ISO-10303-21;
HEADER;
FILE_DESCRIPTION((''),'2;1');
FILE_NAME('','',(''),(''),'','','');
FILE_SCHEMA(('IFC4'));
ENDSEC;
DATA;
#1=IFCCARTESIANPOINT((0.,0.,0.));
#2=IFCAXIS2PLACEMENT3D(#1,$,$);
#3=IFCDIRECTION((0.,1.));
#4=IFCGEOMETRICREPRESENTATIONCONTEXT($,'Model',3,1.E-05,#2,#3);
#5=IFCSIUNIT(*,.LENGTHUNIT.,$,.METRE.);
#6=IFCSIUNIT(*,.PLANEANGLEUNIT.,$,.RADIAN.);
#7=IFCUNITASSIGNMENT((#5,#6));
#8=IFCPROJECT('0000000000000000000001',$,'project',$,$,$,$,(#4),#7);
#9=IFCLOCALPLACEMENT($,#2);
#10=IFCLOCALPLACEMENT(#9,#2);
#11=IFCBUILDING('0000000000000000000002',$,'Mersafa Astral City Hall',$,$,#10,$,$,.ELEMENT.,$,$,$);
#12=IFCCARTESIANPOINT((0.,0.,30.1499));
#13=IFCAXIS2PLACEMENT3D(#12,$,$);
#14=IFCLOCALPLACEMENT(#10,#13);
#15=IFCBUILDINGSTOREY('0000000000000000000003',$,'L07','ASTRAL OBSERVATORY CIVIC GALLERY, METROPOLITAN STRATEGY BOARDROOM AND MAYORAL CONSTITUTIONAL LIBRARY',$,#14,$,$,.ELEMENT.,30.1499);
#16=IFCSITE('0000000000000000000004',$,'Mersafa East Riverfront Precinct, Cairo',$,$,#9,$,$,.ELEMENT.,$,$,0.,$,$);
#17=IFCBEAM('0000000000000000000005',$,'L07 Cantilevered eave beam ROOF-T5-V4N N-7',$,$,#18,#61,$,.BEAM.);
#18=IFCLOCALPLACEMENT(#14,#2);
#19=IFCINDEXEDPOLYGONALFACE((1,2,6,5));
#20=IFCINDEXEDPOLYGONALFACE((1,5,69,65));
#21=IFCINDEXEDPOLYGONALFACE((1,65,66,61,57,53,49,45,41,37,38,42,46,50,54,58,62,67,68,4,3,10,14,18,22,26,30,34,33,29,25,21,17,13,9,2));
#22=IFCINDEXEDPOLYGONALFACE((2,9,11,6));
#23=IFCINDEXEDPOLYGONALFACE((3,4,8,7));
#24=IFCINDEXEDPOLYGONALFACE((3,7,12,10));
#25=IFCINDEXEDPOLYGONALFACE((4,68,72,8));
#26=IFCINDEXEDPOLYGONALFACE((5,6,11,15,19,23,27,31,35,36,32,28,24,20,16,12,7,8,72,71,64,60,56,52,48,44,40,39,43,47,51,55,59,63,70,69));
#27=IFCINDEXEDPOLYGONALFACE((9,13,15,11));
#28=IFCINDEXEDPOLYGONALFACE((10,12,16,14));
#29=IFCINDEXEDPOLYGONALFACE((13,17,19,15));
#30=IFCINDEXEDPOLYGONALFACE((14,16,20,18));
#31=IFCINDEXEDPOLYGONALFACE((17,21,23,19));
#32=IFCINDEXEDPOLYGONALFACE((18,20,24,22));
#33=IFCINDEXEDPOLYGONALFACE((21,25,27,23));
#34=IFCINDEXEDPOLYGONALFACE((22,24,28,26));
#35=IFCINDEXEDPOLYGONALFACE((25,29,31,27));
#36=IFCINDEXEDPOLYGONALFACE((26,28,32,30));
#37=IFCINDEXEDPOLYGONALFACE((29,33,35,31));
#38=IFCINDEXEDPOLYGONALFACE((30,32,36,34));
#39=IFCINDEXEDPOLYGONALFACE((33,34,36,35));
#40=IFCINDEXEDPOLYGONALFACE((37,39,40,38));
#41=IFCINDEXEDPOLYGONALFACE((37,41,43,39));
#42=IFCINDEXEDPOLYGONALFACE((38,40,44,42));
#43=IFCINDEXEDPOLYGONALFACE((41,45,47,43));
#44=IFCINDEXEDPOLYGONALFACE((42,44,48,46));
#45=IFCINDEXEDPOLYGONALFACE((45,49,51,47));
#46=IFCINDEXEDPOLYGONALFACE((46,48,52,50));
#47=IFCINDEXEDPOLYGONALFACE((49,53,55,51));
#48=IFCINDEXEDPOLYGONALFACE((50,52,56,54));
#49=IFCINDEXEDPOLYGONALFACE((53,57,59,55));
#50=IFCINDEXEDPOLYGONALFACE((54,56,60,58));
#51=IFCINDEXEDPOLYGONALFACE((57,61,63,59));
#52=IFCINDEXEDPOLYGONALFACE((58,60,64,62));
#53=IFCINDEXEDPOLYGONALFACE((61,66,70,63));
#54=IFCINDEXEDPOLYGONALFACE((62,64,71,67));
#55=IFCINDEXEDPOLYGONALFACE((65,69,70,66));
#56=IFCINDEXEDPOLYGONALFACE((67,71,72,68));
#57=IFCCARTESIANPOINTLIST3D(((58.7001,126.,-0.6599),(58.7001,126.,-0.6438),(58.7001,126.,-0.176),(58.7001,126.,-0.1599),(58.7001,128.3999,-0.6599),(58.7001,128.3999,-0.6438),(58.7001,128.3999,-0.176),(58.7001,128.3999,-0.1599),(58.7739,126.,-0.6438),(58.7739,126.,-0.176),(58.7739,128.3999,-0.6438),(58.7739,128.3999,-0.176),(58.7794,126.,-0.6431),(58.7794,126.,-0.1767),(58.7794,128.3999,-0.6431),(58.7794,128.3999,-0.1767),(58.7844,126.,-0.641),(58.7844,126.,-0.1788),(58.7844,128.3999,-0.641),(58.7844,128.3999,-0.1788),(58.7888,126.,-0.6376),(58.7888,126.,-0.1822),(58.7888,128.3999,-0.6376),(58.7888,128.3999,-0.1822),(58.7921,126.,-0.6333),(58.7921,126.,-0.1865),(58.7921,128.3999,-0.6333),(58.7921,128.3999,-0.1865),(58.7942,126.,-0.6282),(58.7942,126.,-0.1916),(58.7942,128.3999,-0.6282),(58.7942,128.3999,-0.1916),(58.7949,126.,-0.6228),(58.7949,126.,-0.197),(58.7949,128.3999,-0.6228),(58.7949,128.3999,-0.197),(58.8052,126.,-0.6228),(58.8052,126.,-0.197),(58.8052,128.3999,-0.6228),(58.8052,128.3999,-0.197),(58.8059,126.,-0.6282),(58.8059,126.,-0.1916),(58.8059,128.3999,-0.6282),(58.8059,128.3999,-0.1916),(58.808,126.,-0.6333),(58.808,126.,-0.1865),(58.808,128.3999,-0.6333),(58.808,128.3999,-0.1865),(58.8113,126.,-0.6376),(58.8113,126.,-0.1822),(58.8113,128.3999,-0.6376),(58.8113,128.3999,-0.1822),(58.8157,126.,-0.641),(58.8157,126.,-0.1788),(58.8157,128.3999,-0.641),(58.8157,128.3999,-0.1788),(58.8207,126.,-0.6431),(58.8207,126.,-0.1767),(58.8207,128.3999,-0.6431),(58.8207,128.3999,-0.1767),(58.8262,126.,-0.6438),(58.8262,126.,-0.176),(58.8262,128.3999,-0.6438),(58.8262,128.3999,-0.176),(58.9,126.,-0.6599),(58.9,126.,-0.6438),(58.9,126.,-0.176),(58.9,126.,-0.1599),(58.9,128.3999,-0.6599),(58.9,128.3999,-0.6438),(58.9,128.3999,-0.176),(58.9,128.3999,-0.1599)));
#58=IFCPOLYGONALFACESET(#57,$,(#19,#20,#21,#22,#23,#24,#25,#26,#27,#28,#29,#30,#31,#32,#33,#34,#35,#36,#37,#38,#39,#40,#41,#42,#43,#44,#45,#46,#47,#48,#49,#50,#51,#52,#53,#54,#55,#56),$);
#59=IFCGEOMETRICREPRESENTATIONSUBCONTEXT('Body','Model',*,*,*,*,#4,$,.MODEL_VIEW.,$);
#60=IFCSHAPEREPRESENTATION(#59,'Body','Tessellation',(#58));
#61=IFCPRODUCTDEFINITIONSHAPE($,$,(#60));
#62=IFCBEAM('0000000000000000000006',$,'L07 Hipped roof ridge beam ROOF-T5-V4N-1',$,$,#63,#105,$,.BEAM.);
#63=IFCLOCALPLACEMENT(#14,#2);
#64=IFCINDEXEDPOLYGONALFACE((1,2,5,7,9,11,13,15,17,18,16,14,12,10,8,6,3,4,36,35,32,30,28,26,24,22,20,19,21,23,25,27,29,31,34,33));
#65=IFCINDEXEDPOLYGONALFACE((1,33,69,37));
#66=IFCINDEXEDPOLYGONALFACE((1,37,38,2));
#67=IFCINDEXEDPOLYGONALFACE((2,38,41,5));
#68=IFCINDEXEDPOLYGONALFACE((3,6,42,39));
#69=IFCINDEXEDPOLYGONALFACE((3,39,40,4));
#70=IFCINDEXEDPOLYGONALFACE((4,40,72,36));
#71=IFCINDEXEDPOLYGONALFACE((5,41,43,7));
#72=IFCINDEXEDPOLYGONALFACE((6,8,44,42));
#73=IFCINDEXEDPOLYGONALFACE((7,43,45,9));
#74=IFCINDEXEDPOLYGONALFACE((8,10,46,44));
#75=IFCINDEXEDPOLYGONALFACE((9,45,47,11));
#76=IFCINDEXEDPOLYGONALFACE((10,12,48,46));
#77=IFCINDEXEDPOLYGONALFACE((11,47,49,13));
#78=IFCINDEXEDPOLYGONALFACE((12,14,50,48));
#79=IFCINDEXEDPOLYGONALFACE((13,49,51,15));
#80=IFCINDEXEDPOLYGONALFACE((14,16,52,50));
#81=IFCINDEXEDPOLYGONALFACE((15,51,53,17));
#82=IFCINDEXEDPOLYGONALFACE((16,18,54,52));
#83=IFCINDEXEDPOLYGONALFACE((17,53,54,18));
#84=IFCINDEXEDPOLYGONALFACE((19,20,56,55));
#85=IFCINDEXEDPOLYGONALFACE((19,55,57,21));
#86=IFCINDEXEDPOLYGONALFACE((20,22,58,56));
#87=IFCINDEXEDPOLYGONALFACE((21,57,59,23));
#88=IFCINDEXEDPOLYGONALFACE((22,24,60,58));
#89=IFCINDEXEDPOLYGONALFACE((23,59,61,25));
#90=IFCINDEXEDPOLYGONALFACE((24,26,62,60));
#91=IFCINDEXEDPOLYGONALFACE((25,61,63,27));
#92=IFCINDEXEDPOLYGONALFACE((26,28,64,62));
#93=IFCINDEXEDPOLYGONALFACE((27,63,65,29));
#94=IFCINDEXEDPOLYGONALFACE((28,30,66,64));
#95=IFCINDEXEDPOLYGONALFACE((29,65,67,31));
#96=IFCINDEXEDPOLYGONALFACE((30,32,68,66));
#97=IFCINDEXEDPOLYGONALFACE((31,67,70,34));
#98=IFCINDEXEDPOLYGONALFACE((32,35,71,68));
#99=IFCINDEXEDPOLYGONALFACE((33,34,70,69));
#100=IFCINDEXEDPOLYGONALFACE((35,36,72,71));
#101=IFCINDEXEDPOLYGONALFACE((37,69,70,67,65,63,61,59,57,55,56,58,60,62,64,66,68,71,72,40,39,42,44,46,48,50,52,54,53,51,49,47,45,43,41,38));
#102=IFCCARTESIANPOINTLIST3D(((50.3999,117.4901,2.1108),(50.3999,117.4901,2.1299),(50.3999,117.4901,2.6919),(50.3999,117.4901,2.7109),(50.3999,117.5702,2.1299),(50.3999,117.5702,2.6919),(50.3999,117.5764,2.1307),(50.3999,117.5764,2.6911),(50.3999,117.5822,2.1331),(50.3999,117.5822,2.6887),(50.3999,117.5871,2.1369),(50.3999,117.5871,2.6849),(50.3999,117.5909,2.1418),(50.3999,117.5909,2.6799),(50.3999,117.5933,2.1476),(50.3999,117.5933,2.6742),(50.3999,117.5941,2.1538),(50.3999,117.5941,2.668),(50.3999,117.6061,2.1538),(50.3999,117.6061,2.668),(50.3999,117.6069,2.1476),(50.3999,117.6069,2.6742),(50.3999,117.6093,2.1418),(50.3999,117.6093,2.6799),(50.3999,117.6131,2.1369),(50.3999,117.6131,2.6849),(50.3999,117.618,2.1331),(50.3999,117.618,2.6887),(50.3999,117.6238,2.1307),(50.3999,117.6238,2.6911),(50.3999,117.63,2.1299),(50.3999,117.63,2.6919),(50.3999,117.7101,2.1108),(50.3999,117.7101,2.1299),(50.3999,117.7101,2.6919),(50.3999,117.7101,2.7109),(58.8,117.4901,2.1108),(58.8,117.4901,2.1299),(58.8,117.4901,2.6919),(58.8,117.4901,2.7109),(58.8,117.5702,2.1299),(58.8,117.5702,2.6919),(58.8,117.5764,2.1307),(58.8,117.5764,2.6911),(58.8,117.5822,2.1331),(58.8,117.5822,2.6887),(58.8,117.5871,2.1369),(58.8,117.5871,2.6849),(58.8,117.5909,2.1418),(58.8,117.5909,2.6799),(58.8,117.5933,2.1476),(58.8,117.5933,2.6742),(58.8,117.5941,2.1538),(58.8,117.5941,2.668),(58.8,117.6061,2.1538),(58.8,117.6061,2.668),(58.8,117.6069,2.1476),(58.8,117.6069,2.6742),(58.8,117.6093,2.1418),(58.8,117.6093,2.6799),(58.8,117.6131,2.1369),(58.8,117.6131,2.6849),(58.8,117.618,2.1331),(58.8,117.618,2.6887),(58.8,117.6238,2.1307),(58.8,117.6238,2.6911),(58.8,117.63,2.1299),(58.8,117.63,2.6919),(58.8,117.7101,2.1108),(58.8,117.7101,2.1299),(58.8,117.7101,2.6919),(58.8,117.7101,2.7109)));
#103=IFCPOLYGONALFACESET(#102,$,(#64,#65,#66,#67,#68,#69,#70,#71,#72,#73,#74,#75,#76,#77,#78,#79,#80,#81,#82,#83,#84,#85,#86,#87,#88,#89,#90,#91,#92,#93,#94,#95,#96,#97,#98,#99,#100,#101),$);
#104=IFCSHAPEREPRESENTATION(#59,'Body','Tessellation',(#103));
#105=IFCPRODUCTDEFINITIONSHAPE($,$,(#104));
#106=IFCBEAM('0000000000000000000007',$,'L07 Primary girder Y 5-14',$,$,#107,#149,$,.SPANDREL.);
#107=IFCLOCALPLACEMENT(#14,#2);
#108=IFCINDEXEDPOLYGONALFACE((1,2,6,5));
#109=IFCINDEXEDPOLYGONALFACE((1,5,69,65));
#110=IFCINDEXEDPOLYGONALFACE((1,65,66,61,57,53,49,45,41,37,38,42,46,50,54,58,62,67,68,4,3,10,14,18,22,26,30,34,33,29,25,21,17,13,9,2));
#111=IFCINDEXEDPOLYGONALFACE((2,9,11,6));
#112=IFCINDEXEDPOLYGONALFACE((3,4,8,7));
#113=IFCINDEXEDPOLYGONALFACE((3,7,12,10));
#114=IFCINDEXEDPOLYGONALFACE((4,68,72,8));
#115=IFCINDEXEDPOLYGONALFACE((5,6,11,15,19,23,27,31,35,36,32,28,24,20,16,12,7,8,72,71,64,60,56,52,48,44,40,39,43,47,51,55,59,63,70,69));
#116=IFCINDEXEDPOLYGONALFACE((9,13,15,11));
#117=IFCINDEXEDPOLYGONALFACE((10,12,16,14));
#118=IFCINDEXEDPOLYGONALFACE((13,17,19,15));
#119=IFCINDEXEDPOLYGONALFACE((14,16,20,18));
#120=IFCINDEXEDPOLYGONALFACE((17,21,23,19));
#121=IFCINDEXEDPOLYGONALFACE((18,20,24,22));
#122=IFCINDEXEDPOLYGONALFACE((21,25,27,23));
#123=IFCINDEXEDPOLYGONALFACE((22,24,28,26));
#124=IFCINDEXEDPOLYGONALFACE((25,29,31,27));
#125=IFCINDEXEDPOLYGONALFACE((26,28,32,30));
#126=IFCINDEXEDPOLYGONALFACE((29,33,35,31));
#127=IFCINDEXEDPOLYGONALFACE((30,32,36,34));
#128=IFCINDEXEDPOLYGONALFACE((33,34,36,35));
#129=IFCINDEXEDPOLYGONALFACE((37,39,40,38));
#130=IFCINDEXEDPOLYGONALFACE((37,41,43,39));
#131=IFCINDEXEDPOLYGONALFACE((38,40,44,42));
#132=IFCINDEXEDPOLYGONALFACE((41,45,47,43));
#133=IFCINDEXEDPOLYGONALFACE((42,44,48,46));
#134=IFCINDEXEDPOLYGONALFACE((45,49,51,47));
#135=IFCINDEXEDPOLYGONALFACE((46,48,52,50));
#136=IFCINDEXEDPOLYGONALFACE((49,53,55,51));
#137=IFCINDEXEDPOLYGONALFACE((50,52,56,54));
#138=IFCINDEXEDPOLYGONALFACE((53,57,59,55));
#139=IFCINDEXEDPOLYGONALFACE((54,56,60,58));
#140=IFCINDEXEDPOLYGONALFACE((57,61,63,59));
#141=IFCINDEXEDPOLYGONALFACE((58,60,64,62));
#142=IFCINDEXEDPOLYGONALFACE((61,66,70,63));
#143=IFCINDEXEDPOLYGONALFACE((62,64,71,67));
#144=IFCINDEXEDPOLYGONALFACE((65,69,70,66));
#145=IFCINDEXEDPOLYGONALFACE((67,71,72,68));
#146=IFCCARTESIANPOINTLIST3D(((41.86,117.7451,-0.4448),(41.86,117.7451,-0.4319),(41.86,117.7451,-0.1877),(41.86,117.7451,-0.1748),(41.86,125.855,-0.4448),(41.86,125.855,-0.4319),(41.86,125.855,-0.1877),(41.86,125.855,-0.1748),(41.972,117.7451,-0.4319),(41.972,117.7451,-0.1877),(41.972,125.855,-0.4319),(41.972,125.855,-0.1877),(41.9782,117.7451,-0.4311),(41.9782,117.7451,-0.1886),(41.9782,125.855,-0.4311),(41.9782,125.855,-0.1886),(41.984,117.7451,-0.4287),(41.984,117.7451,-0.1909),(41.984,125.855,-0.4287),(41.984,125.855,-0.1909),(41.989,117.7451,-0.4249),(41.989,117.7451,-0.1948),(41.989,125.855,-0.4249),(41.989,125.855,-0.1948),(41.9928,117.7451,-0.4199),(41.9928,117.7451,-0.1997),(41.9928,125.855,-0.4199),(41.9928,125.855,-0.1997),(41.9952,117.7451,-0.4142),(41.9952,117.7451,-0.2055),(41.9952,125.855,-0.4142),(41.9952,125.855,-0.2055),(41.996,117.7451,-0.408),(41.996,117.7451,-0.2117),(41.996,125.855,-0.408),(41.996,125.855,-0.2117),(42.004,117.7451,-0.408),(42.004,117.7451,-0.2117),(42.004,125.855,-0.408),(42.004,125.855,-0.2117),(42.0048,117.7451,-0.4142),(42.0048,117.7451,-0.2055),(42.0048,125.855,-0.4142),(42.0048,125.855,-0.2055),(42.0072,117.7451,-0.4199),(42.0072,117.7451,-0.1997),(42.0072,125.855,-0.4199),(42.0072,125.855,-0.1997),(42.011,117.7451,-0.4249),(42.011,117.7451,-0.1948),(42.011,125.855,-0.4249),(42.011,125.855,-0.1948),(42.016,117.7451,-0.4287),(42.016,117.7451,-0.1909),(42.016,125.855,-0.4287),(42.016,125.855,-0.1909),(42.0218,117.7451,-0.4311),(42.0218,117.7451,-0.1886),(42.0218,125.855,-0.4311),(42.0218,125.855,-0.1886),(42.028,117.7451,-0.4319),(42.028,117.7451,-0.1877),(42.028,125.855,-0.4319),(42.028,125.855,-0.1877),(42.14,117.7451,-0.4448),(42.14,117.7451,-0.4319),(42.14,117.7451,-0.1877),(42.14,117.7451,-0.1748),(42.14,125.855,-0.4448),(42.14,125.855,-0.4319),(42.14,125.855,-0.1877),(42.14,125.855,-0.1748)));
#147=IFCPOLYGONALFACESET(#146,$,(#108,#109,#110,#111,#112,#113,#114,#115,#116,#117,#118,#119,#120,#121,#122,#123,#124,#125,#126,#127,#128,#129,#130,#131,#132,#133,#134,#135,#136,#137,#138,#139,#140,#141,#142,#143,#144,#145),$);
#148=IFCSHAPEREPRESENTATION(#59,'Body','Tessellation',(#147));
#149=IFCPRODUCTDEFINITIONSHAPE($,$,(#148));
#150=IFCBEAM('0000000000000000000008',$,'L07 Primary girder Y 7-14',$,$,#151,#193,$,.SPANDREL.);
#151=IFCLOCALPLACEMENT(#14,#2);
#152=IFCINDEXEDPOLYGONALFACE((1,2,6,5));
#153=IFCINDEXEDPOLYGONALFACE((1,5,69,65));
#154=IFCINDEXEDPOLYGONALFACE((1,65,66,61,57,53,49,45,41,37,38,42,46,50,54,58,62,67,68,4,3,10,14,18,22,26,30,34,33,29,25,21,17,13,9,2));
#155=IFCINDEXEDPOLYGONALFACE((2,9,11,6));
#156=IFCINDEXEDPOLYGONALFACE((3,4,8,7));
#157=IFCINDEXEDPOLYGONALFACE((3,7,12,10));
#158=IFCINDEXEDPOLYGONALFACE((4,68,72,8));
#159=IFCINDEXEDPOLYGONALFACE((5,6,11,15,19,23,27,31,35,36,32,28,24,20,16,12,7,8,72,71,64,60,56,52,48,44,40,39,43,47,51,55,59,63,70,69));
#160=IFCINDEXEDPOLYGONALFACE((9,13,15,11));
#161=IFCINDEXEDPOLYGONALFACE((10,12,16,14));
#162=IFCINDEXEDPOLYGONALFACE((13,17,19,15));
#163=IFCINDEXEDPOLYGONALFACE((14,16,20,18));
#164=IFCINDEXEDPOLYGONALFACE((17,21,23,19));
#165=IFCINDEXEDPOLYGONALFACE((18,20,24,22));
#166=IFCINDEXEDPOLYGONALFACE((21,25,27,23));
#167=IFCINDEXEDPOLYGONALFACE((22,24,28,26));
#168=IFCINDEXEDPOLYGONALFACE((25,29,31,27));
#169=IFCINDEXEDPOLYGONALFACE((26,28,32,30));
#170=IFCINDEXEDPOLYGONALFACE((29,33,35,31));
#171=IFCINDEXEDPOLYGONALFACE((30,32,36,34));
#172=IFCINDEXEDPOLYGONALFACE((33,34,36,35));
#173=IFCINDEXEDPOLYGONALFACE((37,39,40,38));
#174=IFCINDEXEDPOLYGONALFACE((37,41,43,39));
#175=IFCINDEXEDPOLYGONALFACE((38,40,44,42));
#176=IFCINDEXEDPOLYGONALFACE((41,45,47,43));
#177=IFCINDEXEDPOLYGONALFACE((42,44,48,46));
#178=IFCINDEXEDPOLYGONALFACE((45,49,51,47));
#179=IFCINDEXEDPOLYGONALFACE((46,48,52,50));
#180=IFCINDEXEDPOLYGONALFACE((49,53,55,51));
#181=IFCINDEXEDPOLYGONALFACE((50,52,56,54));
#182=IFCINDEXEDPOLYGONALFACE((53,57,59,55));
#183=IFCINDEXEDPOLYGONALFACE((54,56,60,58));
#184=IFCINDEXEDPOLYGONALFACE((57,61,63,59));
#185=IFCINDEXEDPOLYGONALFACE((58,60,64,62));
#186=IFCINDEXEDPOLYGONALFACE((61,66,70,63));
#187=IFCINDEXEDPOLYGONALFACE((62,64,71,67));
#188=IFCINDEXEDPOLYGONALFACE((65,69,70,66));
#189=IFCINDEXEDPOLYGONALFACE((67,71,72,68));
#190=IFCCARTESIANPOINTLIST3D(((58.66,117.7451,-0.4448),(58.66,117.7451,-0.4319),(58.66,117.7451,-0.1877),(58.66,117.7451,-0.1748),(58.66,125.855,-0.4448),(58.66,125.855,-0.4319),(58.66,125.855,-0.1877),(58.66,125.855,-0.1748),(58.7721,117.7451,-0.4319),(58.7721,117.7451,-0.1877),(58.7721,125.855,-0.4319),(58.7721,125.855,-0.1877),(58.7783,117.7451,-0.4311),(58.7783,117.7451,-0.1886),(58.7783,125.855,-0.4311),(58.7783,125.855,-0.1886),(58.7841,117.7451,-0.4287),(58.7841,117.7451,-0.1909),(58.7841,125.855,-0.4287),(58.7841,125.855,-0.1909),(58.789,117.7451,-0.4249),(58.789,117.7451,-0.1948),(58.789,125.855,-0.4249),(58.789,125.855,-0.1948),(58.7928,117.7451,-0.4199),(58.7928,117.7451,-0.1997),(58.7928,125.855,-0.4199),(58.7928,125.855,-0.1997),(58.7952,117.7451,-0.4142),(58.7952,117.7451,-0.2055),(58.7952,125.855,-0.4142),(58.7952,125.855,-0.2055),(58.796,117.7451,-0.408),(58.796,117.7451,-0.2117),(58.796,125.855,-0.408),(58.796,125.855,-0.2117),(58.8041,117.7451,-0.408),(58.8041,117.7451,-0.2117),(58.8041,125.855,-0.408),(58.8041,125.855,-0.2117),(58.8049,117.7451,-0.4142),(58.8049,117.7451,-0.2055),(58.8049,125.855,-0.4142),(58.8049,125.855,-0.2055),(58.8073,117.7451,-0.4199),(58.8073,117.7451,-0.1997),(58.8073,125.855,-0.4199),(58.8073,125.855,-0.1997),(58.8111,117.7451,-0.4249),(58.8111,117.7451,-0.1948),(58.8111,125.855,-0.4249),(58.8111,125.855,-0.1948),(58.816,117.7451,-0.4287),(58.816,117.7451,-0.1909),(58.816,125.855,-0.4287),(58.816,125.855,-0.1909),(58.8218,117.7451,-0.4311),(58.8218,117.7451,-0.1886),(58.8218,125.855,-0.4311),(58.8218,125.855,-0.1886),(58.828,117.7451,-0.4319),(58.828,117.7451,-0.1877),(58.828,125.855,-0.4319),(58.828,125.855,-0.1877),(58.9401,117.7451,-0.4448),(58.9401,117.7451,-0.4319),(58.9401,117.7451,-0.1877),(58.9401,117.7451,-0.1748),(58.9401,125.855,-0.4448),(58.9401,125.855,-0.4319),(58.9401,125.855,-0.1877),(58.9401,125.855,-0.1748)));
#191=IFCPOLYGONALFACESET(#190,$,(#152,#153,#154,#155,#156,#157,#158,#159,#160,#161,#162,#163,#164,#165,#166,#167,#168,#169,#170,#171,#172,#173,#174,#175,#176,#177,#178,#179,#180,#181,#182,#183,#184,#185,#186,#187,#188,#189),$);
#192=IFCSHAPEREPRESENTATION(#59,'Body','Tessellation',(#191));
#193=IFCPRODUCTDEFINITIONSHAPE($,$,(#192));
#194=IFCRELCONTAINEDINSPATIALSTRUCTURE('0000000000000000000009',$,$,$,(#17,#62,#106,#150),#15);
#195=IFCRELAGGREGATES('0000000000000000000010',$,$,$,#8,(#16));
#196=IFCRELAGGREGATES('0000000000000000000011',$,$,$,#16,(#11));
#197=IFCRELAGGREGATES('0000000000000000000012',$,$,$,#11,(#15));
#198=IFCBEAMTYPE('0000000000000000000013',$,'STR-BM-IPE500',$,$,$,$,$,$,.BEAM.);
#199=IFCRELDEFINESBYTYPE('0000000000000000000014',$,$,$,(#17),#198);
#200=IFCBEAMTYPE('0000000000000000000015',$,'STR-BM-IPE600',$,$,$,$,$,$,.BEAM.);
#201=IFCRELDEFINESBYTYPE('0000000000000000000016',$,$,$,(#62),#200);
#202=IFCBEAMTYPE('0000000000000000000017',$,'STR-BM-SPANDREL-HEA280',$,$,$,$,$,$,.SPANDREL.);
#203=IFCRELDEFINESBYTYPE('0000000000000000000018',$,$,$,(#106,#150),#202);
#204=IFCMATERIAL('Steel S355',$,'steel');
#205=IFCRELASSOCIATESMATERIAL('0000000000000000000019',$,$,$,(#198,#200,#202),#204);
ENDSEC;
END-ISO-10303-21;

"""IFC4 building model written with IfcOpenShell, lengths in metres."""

from ifc_helpers import new_model, si_unit, direction, frame, origin, origin_2d, place, context, subcontext, project, spatial, i_section, extrude, material, material_profile, profile_set, type_object, element, save


model = new_model("IFC4")

# Units and contexts
model_context = context("Model", 3, precision=1e-05, world=origin(), true_north=direction((0.0, 1.0)))
body_context = subcontext(model_context, "Body", "Model", "MODEL_VIEW")
ifc_project = project(units=[si_unit("LENGTHUNIT", "METRE"), si_unit("PLANEANGLEUNIT", "RADIAN")], contexts=[model_context])

# Site, building, storey
site_placement = place(None, origin())
site = spatial("IfcSite", under=ifc_project, at=site_placement, Name="Mersafa East Riverfront Precinct, Cairo", CompositionType="ELEMENT", RefElevation=0.0)
building_placement = place(site_placement, origin())
building = spatial("IfcBuilding", under=site, at=building_placement, Name="Mersafa Astral City Hall", CompositionType="ELEMENT")
storey_placement = place(building_placement, frame((0.0, 0.0, 30.1499)))
storey = spatial("IfcBuildingStorey", under=building, at=storey_placement, Name="L07", Description="ASTRAL OBSERVATORY CIVIC GALLERY, METROPOLITAN STRATEGY BOARDROOM AND MAYORAL CONSTITUTIONAL LIBRARY", CompositionType="ELEMENT", Elevation=30.1499)

# Shared definitions
ifc_material_1 = material(Name="Steel S355", Category="steel")

# Beams
ifc_material_profile_1 = material_profile(ifc_material_1, i_section(OverallWidth=0.2, OverallDepth=0.5, WebThickness=0.0103, FlangeThickness=0.0161, FilletRadius=0.021, at=origin_2d()), Name="IPE 500")
ifc_profile_set_1 = profile_set([ifc_material_profile_1], Name="Steel S355")
beam_type_1 = type_object("IfcBeamType", Name="STR-BM-IPE500", PredefinedType="BEAM", material=ifc_profile_set_1)
for number, where, z_axis, x_axis, name in (
    (1, (58.8, 126.0, -0.4099), (0.0, 1.0, 0.0), (-1.0, 0.0, 0.0), "L07 Cantilevered eave beam ROOF-T5-V4N N-7"),
):
    element("IfcBeam", number, at=place(storey_placement, frame(where, z_axis=z_axis, x_axis=x_axis)), inside=storey, type_object=beam_type_1, Name=name, PredefinedType="BEAM", context=body_context, shape_type="SweptSolid", body=[
        extrude(i_section(OverallWidth=0.2, OverallDepth=0.5, WebThickness=0.0103, FlangeThickness=0.0161, FilletRadius=0.021, at=origin_2d()), origin(), (0.0, 0.0, 1.0), 2.3999),
    ])
ifc_material_profile_2 = material_profile(ifc_material_1, i_section(OverallWidth=0.22, OverallDepth=0.6001, WebThickness=0.012, FlangeThickness=0.019, FilletRadius=0.0239, at=origin_2d()), Name="IPE 600")
ifc_profile_set_2 = profile_set([ifc_material_profile_2], Name="Steel S355")
beam_type_2 = type_object("IfcBeamType", Name="STR-BM-IPE600", PredefinedType="BEAM", material=ifc_profile_set_2)
beam_1_placement = place(storey_placement, frame((50.3999, 117.6001, 2.4109), z_axis=(1.0, 0.0, 0.0), x_axis=(0.0, 1.0, 0.0)))
element("IfcBeam", 2, at=beam_1_placement, inside=storey, type_object=beam_type_2, Name="L07 Hipped roof ridge beam ROOF-T5-V4N-1", PredefinedType="BEAM", context=body_context, shape_type="SweptSolid", body=[
    extrude(i_section(OverallWidth=0.22, OverallDepth=0.6001, WebThickness=0.012, FlangeThickness=0.019, FilletRadius=0.0239, at=origin_2d()), origin(), (0.0, 0.0, 1.0), 8.4001),
])
ifc_material_profile_3 = material_profile(ifc_material_1, i_section(OverallWidth=0.28, OverallDepth=0.27, WebThickness=0.0081, FlangeThickness=0.0129, FilletRadius=0.0239, at=origin_2d()), Name="HEA 280")
ifc_profile_set_3 = profile_set([ifc_material_profile_3], Name="Steel S355")
beam_type_3 = type_object("IfcBeamType", Name="STR-BM-SPANDREL-HEA280", PredefinedType="SPANDREL", material=ifc_profile_set_3)
for number, where, z_axis, x_axis, name in (
    (3, (42.0, 117.7451, -0.3098), (0.0, 1.0, 0.0), (-1.0, 0.0, 0.0), "L07 Primary girder Y 5-14"),
    (4, (58.8, 117.7451, -0.3098), (0.0, 1.0, 0.0), (-1.0, 0.0, 0.0), "L07 Primary girder Y 7-14"),
):
    element("IfcBeam", number, at=place(storey_placement, frame(where, z_axis=z_axis, x_axis=x_axis)), inside=storey, type_object=beam_type_3, Name=name, PredefinedType="SPANDREL", context=body_context, shape_type="SweptSolid", body=[
        extrude(i_section(OverallWidth=0.28, OverallDepth=0.27, WebThickness=0.0081, FlangeThickness=0.0129, FilletRadius=0.0239, at=origin_2d()), origin(), (0.0, 0.0, 1.0), 8.1099),
    ])

save(model, "model.ifc")
